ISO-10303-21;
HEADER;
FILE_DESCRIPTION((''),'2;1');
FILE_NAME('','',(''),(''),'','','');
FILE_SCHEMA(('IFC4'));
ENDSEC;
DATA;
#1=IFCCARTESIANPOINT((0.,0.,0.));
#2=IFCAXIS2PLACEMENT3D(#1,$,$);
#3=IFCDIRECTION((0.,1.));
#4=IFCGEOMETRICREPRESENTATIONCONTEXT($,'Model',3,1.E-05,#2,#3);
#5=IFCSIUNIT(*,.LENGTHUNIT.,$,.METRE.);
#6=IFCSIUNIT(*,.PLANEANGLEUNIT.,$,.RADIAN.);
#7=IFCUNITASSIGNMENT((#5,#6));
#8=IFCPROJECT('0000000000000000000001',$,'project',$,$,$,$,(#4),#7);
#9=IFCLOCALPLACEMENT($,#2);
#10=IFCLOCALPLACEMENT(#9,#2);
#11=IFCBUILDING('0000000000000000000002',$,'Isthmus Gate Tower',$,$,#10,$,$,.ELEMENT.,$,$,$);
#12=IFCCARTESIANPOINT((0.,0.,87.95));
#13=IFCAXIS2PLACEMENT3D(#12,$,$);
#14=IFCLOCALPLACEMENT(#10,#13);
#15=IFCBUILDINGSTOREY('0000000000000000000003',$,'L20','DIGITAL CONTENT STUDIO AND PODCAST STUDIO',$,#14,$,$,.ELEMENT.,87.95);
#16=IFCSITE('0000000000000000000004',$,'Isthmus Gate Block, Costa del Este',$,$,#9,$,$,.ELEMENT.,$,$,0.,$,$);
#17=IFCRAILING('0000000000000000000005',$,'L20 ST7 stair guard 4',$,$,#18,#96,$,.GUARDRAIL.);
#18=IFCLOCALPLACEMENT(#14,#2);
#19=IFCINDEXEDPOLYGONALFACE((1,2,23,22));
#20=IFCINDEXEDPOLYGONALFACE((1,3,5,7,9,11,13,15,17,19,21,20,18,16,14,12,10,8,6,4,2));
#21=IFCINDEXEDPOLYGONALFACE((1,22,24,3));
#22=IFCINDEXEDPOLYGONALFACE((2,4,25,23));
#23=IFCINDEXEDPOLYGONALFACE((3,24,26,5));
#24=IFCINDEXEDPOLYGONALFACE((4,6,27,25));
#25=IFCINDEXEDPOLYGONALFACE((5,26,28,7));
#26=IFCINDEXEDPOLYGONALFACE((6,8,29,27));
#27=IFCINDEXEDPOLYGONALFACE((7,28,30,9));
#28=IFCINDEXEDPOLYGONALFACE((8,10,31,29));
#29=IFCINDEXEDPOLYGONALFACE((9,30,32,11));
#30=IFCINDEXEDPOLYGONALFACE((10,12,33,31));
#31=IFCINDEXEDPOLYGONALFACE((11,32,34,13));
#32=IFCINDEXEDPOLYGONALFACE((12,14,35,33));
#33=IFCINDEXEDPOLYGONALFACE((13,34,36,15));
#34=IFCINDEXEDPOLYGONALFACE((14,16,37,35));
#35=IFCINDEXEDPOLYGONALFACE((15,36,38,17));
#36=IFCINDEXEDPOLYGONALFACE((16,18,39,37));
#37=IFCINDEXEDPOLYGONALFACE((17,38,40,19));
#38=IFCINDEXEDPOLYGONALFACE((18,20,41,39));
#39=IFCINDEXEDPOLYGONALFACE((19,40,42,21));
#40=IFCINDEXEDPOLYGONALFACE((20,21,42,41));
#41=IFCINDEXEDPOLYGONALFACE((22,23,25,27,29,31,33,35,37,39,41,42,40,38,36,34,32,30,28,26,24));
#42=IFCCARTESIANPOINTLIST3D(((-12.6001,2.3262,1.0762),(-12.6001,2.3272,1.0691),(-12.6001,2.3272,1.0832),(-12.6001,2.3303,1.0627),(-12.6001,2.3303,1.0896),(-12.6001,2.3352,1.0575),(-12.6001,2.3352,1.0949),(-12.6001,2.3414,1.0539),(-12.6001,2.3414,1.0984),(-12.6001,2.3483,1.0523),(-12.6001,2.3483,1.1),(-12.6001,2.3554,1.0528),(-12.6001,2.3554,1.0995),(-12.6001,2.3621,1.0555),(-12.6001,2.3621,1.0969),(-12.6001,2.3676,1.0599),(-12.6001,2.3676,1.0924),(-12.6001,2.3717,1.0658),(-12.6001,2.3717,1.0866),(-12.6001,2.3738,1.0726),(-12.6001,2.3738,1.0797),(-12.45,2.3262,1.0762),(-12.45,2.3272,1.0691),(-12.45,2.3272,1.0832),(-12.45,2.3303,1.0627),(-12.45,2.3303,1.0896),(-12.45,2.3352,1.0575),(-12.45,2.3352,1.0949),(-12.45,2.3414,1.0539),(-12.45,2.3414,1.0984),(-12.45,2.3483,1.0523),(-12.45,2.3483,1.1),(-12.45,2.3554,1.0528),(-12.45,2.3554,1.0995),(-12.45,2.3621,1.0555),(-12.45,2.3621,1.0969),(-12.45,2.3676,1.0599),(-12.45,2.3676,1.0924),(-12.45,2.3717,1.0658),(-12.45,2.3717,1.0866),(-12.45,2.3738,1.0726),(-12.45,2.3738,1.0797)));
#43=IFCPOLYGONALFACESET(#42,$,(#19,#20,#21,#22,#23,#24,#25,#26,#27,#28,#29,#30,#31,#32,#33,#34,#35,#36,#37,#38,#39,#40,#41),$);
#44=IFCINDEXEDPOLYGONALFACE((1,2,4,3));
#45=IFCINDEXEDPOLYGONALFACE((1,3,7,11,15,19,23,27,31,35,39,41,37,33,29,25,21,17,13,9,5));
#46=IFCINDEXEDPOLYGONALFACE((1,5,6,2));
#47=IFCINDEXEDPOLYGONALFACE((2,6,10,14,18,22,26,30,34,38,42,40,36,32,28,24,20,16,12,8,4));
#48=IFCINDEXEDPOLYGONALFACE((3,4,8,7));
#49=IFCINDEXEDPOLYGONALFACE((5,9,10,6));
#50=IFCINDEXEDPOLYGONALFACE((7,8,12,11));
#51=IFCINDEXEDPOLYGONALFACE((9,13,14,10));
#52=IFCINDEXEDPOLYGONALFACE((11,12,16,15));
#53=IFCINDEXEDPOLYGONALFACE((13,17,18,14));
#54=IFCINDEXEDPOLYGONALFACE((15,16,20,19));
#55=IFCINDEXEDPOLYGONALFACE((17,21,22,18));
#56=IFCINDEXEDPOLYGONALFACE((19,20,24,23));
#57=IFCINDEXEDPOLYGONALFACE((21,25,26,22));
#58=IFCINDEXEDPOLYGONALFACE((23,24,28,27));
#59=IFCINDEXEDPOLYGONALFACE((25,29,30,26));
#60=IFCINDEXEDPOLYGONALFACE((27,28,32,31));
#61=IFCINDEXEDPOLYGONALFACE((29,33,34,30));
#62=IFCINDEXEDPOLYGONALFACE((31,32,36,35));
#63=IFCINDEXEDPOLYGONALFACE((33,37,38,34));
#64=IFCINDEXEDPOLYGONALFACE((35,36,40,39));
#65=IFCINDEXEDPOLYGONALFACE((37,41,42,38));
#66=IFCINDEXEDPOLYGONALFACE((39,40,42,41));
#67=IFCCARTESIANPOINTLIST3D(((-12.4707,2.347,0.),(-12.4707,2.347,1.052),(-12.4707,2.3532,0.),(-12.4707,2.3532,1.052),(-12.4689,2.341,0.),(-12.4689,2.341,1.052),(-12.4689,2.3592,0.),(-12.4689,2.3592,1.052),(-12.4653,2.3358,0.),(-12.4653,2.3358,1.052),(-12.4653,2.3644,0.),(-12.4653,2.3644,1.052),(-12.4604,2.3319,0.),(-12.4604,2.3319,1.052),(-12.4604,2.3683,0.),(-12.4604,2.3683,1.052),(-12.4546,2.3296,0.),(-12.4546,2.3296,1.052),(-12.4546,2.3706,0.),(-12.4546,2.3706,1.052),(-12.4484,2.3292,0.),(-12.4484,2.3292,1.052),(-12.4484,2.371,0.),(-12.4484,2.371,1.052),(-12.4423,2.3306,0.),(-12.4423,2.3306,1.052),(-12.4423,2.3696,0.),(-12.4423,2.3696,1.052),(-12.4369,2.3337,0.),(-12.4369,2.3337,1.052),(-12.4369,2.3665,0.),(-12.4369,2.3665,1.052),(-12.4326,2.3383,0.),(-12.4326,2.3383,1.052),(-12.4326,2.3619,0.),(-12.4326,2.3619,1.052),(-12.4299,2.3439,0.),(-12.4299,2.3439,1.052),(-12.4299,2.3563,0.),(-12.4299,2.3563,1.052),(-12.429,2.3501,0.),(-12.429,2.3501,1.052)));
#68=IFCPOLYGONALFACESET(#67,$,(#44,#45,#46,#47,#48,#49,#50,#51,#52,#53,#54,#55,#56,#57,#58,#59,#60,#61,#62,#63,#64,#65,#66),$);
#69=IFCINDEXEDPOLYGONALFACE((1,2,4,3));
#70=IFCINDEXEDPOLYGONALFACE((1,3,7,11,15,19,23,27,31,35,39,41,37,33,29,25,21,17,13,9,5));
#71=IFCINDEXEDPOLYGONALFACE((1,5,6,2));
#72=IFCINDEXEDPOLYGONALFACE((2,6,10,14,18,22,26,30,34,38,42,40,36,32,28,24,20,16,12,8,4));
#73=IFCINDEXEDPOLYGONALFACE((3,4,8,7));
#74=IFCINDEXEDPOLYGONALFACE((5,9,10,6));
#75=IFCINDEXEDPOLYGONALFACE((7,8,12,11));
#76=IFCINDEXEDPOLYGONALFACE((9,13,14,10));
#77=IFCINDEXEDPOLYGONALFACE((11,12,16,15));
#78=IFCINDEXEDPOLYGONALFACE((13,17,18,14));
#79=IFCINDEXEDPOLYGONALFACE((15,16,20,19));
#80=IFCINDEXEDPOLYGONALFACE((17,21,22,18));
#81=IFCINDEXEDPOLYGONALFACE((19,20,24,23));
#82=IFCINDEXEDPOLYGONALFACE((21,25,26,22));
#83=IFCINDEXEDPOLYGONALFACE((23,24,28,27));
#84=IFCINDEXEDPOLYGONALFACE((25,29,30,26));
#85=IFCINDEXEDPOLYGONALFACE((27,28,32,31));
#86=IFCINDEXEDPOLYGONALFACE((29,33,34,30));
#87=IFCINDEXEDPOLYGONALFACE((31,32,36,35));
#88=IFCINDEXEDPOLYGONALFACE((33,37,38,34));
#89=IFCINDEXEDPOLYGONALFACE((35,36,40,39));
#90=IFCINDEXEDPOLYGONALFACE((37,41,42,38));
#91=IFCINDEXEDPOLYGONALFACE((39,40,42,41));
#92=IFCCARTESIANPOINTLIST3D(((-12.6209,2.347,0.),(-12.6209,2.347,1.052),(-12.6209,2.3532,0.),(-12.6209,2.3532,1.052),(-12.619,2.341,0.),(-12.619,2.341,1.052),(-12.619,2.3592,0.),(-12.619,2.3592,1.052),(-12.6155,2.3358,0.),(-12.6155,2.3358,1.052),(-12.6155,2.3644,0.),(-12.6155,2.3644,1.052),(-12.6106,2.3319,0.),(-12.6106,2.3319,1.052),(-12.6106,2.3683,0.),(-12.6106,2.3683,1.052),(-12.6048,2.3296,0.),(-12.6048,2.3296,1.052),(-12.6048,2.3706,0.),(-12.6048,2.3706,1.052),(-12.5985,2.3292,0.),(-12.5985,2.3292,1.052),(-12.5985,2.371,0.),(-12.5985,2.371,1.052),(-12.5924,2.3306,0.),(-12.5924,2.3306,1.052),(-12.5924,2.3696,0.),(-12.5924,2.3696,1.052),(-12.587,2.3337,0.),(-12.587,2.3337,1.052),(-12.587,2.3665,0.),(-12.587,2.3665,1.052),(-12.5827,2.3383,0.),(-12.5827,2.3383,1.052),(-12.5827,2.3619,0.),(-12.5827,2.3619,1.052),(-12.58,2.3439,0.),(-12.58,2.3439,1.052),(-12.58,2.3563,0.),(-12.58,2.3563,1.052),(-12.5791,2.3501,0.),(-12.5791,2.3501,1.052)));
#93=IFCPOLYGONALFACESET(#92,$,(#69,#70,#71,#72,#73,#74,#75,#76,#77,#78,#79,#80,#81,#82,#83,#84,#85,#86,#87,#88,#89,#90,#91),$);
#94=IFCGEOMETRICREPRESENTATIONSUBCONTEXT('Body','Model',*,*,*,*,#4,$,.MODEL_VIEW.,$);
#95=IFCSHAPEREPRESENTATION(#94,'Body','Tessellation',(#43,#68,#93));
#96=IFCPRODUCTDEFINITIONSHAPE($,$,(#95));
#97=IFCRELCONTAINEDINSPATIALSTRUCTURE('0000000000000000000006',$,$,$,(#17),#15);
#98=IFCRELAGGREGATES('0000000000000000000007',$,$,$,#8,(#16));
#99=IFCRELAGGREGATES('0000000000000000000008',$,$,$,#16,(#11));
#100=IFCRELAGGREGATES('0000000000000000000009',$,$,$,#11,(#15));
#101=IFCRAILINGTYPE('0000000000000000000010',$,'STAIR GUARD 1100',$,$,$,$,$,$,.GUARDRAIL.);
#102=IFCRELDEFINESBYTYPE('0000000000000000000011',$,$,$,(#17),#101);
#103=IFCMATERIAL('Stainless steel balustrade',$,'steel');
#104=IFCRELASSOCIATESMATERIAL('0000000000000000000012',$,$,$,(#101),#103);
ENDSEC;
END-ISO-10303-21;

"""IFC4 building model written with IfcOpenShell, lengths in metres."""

from ifc_helpers import new_model, si_unit, direction, frame, origin, origin_2d, place, context, subcontext, project, spatial, circle, extrude, material, type_object, element, save


model = new_model("IFC4")

# Units and contexts
model_context = context("Model", 3, precision=1e-05, world=origin(), true_north=direction((0.0, 1.0)))
body_context = subcontext(model_context, "Body", "Model", "MODEL_VIEW")
ifc_project = project(units=[si_unit("LENGTHUNIT", "METRE"), si_unit("PLANEANGLEUNIT", "RADIAN")], contexts=[model_context])

# Site, building, storey
site_placement = place(None, origin())
site = spatial("IfcSite", under=ifc_project, at=site_placement, Name="Isthmus Gate Block, Costa del Este", CompositionType="ELEMENT", RefElevation=0.0)
building_placement = place(site_placement, origin())
building = spatial("IfcBuilding", under=site, at=building_placement, Name="Isthmus Gate Tower", CompositionType="ELEMENT")
storey_placement = place(building_placement, frame((0.0, 0.0, 87.95)))
storey = spatial("IfcBuildingStorey", under=building, at=storey_placement, Name="L20", Description="DIGITAL CONTENT STUDIO AND PODCAST STUDIO", CompositionType="ELEMENT", Elevation=87.95)

# Railing
ifc_material_1 = material(Name="Stainless steel balustrade", Category="steel")
railing_type_1 = type_object("IfcRailingType", Name="STAIR GUARD 1100", PredefinedType="GUARDRAIL", material=ifc_material_1)
railing_1_placement = place(storey_placement, frame((-12.45, 2.3501, 0.0)))
element("IfcRailing", 1, at=railing_1_placement, inside=storey, type_object=railing_type_1, Name="L20 ST7 stair guard 4", PredefinedType="GUARDRAIL", context=body_context, shape_type="SweptSolid", body=[
    extrude(circle(Radius=0.0239, at=origin_2d()), frame((0.0, 0.0, 1.0762), z_axis=(-1.0, 0.0, 0.0), x_axis=(0.0, -1.0, 0.0)), (0.0, 0.0, 1.0), 0.1501),
    extrude(circle(Radius=0.021, at=origin_2d()), origin(), (0.0, 0.0, 1.0), 1.052),
    extrude(circle(Radius=0.021, at=origin_2d()), frame((-0.1501, 0.0, 0.0)), (0.0, 0.0, 1.0), 1.052),
])

save(model, "model.ifc")
